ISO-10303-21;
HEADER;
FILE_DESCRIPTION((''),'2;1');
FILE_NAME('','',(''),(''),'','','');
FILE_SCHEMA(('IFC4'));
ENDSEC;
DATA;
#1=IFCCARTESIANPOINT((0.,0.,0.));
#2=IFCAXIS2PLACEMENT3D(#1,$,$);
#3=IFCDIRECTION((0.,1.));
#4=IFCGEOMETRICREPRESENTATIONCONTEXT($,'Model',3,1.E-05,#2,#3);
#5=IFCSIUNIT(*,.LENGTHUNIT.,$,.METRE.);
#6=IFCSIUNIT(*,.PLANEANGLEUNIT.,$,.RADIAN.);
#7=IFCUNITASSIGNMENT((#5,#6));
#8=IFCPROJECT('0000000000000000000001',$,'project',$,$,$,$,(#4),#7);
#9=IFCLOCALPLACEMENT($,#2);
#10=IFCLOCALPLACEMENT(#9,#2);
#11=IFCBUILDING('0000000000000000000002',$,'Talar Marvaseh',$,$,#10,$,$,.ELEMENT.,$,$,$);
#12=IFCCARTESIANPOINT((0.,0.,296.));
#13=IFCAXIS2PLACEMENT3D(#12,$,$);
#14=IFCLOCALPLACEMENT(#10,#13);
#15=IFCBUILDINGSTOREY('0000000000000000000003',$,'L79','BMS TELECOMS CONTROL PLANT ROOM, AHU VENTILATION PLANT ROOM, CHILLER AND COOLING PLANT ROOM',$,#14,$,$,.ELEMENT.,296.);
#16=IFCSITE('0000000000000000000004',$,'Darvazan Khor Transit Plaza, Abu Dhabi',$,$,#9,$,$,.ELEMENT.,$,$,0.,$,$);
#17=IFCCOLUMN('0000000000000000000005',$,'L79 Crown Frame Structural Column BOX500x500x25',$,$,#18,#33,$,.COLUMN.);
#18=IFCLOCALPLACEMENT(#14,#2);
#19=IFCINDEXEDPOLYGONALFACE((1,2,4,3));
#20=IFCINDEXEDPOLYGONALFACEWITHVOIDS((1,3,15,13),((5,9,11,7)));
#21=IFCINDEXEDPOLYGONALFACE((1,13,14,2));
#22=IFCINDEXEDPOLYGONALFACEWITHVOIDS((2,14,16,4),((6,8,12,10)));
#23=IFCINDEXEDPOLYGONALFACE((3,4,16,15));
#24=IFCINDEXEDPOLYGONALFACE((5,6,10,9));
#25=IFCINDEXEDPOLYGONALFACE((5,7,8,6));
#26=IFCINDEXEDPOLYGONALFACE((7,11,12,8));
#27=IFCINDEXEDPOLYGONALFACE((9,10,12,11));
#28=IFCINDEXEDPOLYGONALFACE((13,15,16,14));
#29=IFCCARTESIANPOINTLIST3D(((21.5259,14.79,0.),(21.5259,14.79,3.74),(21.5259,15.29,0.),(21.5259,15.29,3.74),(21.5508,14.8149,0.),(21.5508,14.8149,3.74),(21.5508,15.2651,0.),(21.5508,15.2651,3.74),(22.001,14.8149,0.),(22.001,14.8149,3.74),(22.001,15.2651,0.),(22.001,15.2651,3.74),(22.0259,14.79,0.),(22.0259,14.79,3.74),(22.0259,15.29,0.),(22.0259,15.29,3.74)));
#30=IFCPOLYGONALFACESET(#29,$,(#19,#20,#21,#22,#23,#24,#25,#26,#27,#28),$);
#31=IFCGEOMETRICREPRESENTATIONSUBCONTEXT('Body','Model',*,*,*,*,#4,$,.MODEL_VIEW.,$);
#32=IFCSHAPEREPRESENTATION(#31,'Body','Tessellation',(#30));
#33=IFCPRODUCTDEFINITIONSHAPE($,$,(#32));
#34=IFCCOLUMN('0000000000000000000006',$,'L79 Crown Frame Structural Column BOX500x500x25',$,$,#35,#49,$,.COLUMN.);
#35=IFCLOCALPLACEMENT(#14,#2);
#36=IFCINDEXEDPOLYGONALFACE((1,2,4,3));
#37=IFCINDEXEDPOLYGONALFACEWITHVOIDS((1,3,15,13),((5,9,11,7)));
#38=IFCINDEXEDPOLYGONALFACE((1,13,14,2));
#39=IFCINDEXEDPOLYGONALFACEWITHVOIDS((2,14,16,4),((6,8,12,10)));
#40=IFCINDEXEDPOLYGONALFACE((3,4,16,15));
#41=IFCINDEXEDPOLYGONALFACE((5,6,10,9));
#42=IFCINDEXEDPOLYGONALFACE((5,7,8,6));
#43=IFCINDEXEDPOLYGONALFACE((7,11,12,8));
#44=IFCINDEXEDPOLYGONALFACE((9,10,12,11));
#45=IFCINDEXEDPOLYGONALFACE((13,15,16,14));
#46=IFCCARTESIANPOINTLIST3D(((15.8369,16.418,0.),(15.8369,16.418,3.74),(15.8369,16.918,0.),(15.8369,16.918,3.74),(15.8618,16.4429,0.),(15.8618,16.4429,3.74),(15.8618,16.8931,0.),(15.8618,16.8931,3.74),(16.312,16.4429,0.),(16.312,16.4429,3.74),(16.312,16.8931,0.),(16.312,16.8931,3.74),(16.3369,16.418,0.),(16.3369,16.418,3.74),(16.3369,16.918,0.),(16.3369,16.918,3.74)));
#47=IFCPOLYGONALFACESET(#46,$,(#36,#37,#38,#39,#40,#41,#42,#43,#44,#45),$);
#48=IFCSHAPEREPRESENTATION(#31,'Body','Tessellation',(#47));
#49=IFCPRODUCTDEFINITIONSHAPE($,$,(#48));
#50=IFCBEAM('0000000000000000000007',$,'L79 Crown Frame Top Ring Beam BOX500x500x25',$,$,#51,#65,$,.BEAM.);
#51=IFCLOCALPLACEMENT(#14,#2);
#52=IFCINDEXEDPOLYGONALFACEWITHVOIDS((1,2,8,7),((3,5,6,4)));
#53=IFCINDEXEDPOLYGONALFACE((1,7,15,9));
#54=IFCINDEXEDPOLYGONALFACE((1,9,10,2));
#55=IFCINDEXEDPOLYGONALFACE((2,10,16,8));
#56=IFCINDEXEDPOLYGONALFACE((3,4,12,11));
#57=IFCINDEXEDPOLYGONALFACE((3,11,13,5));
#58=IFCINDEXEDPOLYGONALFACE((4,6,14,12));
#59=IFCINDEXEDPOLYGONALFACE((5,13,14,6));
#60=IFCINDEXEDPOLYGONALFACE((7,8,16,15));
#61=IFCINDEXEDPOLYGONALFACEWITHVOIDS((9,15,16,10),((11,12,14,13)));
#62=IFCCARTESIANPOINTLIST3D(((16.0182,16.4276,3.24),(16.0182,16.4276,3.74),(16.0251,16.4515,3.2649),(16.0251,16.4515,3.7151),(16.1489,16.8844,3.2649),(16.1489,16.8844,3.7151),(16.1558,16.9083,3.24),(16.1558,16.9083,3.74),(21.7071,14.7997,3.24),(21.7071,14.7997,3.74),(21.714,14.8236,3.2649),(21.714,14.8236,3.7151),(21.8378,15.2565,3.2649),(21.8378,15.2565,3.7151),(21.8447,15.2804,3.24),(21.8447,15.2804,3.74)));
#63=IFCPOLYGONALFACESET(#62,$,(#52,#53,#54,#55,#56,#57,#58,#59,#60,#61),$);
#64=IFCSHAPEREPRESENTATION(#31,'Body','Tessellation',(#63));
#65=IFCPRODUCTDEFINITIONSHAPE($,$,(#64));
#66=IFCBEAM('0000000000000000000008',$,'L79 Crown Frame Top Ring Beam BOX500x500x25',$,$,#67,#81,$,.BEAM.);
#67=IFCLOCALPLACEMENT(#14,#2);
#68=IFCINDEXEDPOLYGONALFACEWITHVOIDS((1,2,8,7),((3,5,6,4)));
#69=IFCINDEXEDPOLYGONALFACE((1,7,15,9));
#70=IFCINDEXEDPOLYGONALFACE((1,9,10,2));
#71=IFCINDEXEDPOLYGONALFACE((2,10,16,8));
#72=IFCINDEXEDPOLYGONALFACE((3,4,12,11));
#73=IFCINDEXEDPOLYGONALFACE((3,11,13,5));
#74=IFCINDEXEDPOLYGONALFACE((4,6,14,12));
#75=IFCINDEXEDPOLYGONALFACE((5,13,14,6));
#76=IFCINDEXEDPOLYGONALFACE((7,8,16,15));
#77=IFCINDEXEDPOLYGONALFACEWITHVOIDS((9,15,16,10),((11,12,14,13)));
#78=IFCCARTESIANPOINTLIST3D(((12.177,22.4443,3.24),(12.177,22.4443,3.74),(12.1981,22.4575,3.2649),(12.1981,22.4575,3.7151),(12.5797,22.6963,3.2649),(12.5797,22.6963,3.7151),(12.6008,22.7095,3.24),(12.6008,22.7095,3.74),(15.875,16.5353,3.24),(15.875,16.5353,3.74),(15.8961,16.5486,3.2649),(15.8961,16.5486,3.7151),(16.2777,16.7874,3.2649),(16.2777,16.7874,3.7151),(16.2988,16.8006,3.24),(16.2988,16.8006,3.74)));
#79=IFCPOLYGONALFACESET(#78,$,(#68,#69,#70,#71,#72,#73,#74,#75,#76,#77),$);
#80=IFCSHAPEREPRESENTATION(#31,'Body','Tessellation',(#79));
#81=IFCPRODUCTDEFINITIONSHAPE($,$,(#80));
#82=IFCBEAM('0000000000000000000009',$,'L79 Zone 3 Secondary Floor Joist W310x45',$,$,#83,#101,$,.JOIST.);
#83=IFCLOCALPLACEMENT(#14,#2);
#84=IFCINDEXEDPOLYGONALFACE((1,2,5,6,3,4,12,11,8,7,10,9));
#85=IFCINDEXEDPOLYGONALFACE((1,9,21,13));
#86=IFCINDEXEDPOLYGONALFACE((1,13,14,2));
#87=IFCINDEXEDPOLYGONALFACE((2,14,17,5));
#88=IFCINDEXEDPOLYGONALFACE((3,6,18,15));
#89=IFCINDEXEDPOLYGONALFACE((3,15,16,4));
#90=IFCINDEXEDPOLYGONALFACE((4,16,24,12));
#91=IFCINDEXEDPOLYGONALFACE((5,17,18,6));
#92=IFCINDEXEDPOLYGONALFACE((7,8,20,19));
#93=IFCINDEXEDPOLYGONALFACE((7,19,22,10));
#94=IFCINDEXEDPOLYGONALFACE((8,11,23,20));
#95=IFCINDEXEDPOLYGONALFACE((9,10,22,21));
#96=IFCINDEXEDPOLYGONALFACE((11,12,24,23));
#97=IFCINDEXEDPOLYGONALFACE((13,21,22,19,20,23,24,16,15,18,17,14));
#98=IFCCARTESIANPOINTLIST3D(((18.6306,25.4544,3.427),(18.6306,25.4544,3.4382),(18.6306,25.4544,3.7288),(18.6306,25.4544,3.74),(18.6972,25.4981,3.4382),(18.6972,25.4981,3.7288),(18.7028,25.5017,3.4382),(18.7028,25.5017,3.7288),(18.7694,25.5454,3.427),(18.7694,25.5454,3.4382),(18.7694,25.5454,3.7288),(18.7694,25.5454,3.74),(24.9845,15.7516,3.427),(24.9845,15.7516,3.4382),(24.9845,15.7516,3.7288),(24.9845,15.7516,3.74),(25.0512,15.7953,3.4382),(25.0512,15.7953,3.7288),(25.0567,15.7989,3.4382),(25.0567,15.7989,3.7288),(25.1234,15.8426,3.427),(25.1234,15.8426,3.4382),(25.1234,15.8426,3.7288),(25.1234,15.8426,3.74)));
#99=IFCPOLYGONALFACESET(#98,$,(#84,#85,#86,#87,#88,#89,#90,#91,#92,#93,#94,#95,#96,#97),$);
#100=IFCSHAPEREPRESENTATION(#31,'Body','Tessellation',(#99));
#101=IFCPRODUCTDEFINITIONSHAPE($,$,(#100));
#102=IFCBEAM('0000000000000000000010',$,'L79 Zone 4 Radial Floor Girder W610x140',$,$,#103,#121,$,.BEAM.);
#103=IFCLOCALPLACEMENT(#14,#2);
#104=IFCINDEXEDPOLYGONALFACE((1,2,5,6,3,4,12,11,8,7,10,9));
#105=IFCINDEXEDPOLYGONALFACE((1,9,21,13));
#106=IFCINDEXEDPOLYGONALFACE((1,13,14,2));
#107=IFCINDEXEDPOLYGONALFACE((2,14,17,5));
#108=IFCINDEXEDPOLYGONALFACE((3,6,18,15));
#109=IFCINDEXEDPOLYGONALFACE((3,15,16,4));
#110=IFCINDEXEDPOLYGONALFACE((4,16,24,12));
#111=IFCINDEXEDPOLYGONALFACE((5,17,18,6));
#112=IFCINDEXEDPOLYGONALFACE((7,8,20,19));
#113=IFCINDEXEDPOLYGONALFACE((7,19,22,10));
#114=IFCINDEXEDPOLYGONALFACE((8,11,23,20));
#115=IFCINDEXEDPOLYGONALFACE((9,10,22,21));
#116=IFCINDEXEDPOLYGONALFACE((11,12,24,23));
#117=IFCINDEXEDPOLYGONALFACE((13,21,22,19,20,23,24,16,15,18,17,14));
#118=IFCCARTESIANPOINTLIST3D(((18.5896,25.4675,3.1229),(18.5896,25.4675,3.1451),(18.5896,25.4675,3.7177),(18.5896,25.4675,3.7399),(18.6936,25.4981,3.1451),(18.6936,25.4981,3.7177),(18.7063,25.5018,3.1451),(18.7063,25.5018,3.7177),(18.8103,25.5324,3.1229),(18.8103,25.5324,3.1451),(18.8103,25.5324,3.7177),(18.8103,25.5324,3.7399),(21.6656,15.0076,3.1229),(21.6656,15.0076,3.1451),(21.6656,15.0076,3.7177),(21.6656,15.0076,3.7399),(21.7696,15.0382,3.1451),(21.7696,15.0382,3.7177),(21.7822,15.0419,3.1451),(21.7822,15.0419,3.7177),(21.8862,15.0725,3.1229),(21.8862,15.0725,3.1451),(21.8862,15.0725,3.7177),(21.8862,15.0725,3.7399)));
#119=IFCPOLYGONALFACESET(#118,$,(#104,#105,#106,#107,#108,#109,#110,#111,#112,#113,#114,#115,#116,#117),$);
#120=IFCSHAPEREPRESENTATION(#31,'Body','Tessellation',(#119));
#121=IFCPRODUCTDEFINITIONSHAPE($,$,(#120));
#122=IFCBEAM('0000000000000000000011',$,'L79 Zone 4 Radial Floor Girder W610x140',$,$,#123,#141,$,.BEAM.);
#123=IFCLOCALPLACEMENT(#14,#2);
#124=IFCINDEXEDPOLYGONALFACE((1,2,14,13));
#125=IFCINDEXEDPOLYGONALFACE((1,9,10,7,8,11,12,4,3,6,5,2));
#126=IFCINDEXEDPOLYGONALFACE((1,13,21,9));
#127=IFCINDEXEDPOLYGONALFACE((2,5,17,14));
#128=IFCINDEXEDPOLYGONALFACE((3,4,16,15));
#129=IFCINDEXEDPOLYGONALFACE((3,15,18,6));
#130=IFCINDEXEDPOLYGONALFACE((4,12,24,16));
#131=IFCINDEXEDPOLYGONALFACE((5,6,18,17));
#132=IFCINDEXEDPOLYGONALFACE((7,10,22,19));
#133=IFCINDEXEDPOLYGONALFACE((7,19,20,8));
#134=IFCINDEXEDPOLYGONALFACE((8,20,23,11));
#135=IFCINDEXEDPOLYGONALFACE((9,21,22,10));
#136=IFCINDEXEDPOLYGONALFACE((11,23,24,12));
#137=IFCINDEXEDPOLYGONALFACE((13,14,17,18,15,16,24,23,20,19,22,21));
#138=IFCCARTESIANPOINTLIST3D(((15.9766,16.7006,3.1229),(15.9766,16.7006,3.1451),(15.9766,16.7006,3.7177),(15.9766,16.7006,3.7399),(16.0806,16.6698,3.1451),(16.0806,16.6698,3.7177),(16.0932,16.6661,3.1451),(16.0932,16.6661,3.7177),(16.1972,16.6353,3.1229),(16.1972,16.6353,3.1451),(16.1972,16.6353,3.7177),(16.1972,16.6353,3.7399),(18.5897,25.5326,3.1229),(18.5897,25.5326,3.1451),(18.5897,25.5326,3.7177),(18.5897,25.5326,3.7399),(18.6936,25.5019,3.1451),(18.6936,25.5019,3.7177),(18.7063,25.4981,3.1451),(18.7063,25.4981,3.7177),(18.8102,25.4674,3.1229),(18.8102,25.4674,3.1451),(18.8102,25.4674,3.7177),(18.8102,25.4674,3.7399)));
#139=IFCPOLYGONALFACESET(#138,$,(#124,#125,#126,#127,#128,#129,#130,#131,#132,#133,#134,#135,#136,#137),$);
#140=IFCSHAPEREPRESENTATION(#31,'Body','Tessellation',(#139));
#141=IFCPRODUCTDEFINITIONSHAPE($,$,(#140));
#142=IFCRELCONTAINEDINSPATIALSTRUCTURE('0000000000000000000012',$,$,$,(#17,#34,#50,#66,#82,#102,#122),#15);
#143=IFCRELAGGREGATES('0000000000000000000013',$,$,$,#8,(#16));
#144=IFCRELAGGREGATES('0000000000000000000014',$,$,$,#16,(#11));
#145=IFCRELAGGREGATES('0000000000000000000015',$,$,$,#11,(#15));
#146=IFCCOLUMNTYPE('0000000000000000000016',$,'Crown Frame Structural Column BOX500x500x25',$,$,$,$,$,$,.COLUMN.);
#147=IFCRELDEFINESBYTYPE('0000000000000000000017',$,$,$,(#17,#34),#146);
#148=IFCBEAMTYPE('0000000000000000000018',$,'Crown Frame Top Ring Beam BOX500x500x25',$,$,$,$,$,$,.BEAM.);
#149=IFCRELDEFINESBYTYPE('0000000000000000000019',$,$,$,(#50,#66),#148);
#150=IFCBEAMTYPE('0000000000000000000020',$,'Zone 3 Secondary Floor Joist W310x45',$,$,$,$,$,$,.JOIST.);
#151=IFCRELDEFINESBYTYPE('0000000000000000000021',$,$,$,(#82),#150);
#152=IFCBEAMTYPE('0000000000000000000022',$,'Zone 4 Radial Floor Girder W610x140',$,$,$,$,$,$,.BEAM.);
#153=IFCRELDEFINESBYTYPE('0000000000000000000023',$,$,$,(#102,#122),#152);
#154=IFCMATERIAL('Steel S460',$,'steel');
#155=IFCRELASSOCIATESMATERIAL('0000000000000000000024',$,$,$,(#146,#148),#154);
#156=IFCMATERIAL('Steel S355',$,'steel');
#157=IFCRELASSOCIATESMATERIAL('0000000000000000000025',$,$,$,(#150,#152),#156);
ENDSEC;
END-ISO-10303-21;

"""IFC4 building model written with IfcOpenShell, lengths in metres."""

from ifc_helpers import new_model, si_unit, direction, frame, origin, origin_2d, place, context, subcontext, project, spatial, hollow_rectangle, i_section, extrude, material, material_profile, profile_set, type_object, element, save


model = new_model("IFC4")

# Units and contexts
model_context = context("Model", 3, precision=1e-05, world=origin(), true_north=direction((0.0, 1.0)))
body_context = subcontext(model_context, "Body", "Model", "MODEL_VIEW")
ifc_project = project(units=[si_unit("LENGTHUNIT", "METRE"), si_unit("PLANEANGLEUNIT", "RADIAN")], contexts=[model_context])

# Site, building, storey
site_placement = place(None, origin())
site = spatial("IfcSite", under=ifc_project, at=site_placement, Name="Darvazan Khor Transit Plaza, Abu Dhabi", CompositionType="ELEMENT", RefElevation=0.0)
building_placement = place(site_placement, origin())
building = spatial("IfcBuilding", under=site, at=building_placement, Name="Talar Marvaseh", CompositionType="ELEMENT")
storey_placement = place(building_placement, frame((0.0, 0.0, 296.0)))
storey = spatial("IfcBuildingStorey", under=building, at=storey_placement, Name="L79", Description="BMS TELECOMS CONTROL PLANT ROOM, AHU VENTILATION PLANT ROOM, CHILLER AND COOLING PLANT ROOM", CompositionType="ELEMENT", Elevation=296.0)

# Columns
ifc_material_1 = material(Name="Steel S460", Category="steel")
ifc_material_profile_1 = material_profile(ifc_material_1, hollow_rectangle(XDim=0.5, YDim=0.5, WallThickness=0.0249, at=origin_2d()), Name="BOX500x500x25")
ifc_profile_set_1 = profile_set([ifc_material_profile_1], Name="Steel S460")
column_type = type_object("IfcColumnType", Name="Crown Frame Structural Column BOX500x500x25", PredefinedType="COLUMN", material=ifc_profile_set_1)
for number, where, z_axis, x_axis, name in (
    (1, (21.7759, 15.04, 0.0), (0.0, 0.0, 1.0), (1.0, 0.0, 0.0), "L79 Crown Frame Structural Column BOX500x500x25"),
    (2, (16.0869, 16.668, 0.0), (0.0, 0.0, 1.0), (1.0, 0.0, 0.0), "L79 Crown Frame Structural Column BOX500x500x25"),
):
    element("IfcColumn", number, at=place(storey_placement, frame(where, z_axis=z_axis, x_axis=x_axis)), inside=storey, type_object=column_type, Name=name, PredefinedType="COLUMN", context=body_context, shape_type="SweptSolid", body=[
        extrude(hollow_rectangle(XDim=0.5, YDim=0.5, WallThickness=0.0249, at=origin_2d()), origin(), (0.0, 0.0, 1.0), 3.74),
    ])

# Beams
ifc_material_profile_2 = material_profile(ifc_material_1, hollow_rectangle(XDim=0.5, YDim=0.5, WallThickness=0.0249, at=origin_2d()), Name="BOX500x500x25")
ifc_profile_set_2 = profile_set([ifc_material_profile_2], Name="Steel S460")
beam_type_1 = type_object("IfcBeamType", Name="Crown Frame Top Ring Beam BOX500x500x25", PredefinedType="BEAM", material=ifc_profile_set_2)
beam_1_placement = place(storey_placement, frame((21.7759, 15.04, 3.49), z_axis=(-0.961412, 0.275113, 0.0), x_axis=(-0.275113, -0.961412, 0.0)))
element("IfcBeam", 3, at=beam_1_placement, inside=storey, type_object=beam_type_1, Name="L79 Crown Frame Top Ring Beam BOX500x500x25", PredefinedType="BEAM", context=body_context, shape_type="SweptSolid", body=[
    extrude(hollow_rectangle(XDim=0.5, YDim=0.5, WallThickness=0.0249, at=origin_2d()), origin(), (0.0, 0.0, 1.0), 5.9172),
])
beam_2_placement = place(storey_placement, frame((16.0869, 16.668, 3.49), z_axis=(-0.530506, 0.847681, 0.0), x_axis=(-0.847681, -0.530506, 0.0)))
element("IfcBeam", 4, at=beam_2_placement, inside=storey, type_object=beam_type_1, Name="L79 Crown Frame Top Ring Beam BOX500x500x25", PredefinedType="BEAM", context=body_context, shape_type="SweptSolid", body=[
    extrude(hollow_rectangle(XDim=0.5, YDim=0.5, WallThickness=0.0249, at=origin_2d()), origin(), (0.0, 0.0, 1.0), 6.9707),
])
ifc_material_2 = material(Name="Steel S355", Category="steel")
ifc_material_profile_3 = material_profile(ifc_material_2, i_section(OverallWidth=0.166, OverallDepth=0.313, WebThickness=0.0066, FlangeThickness=0.0112, at=origin_2d()), Name="W310x45")
ifc_profile_set_3 = profile_set([ifc_material_profile_3], Name="Steel S355")
beam_type_2 = type_object("IfcBeamType", Name="Zone 3 Secondary Floor Joist W310x45", PredefinedType="JOIST", material=ifc_profile_set_3)
beam_3_placement = place(storey_placement, frame((25.054, 15.7971, 3.5835), z_axis=(-0.547842, 0.836582, 0.0), x_axis=(-0.836582, -0.547842, 0.0)))
element("IfcBeam", 5, at=beam_3_placement, inside=storey, type_object=beam_type_2, Name="L79 Zone 3 Secondary Floor Joist W310x45", PredefinedType="JOIST", context=body_context, shape_type="SweptSolid", body=[
    extrude(i_section(OverallWidth=0.166, OverallDepth=0.313, WebThickness=0.0066, FlangeThickness=0.0112, at=origin_2d()), origin(), (0.0, 0.0, 1.0), 11.5981),
])
ifc_material_profile_4 = material_profile(ifc_material_2, i_section(OverallWidth=0.23, OverallDepth=0.6169, WebThickness=0.0132, FlangeThickness=0.0222, at=origin_2d()), Name="W610x140")
ifc_profile_set_4 = profile_set([ifc_material_profile_4], Name="Steel S355")
beam_type_3 = type_object("IfcBeamType", Name="Zone 4 Radial Floor Girder W610x140", PredefinedType="BEAM", material=ifc_profile_set_4)
beam_4_placement = place(storey_placement, frame((21.7759, 15.04, 3.4314), z_axis=(-0.282121, 0.959379, 0.0), x_axis=(-0.959379, -0.282121, 0.0)))
element("IfcBeam", 6, at=beam_4_placement, inside=storey, type_object=beam_type_3, Name="L79 Zone 4 Radial Floor Girder W610x140", PredefinedType="BEAM", context=body_context, shape_type="SweptSolid", body=[
    extrude(i_section(OverallWidth=0.23, OverallDepth=0.6169, WebThickness=0.0132, FlangeThickness=0.0222, at=origin_2d()), origin(), (0.0, 0.0, 1.0), 10.9028),
])
beam_5_placement = place(storey_placement, frame((16.0869, 16.668, 3.4314), z_axis=(0.283703, 0.958912, 0.0), x_axis=(-0.958912, 0.283703, 0.0)))
element("IfcBeam", 7, at=beam_5_placement, inside=storey, type_object=beam_type_3, Name="L79 Zone 4 Radial Floor Girder W610x140", PredefinedType="BEAM", context=body_context, shape_type="SweptSolid", body=[
    extrude(i_section(OverallWidth=0.23, OverallDepth=0.6169, WebThickness=0.0132, FlangeThickness=0.0222, at=origin_2d()), origin(), (0.0, 0.0, 1.0), 9.2104),
])

save(model, "model.ifc")
